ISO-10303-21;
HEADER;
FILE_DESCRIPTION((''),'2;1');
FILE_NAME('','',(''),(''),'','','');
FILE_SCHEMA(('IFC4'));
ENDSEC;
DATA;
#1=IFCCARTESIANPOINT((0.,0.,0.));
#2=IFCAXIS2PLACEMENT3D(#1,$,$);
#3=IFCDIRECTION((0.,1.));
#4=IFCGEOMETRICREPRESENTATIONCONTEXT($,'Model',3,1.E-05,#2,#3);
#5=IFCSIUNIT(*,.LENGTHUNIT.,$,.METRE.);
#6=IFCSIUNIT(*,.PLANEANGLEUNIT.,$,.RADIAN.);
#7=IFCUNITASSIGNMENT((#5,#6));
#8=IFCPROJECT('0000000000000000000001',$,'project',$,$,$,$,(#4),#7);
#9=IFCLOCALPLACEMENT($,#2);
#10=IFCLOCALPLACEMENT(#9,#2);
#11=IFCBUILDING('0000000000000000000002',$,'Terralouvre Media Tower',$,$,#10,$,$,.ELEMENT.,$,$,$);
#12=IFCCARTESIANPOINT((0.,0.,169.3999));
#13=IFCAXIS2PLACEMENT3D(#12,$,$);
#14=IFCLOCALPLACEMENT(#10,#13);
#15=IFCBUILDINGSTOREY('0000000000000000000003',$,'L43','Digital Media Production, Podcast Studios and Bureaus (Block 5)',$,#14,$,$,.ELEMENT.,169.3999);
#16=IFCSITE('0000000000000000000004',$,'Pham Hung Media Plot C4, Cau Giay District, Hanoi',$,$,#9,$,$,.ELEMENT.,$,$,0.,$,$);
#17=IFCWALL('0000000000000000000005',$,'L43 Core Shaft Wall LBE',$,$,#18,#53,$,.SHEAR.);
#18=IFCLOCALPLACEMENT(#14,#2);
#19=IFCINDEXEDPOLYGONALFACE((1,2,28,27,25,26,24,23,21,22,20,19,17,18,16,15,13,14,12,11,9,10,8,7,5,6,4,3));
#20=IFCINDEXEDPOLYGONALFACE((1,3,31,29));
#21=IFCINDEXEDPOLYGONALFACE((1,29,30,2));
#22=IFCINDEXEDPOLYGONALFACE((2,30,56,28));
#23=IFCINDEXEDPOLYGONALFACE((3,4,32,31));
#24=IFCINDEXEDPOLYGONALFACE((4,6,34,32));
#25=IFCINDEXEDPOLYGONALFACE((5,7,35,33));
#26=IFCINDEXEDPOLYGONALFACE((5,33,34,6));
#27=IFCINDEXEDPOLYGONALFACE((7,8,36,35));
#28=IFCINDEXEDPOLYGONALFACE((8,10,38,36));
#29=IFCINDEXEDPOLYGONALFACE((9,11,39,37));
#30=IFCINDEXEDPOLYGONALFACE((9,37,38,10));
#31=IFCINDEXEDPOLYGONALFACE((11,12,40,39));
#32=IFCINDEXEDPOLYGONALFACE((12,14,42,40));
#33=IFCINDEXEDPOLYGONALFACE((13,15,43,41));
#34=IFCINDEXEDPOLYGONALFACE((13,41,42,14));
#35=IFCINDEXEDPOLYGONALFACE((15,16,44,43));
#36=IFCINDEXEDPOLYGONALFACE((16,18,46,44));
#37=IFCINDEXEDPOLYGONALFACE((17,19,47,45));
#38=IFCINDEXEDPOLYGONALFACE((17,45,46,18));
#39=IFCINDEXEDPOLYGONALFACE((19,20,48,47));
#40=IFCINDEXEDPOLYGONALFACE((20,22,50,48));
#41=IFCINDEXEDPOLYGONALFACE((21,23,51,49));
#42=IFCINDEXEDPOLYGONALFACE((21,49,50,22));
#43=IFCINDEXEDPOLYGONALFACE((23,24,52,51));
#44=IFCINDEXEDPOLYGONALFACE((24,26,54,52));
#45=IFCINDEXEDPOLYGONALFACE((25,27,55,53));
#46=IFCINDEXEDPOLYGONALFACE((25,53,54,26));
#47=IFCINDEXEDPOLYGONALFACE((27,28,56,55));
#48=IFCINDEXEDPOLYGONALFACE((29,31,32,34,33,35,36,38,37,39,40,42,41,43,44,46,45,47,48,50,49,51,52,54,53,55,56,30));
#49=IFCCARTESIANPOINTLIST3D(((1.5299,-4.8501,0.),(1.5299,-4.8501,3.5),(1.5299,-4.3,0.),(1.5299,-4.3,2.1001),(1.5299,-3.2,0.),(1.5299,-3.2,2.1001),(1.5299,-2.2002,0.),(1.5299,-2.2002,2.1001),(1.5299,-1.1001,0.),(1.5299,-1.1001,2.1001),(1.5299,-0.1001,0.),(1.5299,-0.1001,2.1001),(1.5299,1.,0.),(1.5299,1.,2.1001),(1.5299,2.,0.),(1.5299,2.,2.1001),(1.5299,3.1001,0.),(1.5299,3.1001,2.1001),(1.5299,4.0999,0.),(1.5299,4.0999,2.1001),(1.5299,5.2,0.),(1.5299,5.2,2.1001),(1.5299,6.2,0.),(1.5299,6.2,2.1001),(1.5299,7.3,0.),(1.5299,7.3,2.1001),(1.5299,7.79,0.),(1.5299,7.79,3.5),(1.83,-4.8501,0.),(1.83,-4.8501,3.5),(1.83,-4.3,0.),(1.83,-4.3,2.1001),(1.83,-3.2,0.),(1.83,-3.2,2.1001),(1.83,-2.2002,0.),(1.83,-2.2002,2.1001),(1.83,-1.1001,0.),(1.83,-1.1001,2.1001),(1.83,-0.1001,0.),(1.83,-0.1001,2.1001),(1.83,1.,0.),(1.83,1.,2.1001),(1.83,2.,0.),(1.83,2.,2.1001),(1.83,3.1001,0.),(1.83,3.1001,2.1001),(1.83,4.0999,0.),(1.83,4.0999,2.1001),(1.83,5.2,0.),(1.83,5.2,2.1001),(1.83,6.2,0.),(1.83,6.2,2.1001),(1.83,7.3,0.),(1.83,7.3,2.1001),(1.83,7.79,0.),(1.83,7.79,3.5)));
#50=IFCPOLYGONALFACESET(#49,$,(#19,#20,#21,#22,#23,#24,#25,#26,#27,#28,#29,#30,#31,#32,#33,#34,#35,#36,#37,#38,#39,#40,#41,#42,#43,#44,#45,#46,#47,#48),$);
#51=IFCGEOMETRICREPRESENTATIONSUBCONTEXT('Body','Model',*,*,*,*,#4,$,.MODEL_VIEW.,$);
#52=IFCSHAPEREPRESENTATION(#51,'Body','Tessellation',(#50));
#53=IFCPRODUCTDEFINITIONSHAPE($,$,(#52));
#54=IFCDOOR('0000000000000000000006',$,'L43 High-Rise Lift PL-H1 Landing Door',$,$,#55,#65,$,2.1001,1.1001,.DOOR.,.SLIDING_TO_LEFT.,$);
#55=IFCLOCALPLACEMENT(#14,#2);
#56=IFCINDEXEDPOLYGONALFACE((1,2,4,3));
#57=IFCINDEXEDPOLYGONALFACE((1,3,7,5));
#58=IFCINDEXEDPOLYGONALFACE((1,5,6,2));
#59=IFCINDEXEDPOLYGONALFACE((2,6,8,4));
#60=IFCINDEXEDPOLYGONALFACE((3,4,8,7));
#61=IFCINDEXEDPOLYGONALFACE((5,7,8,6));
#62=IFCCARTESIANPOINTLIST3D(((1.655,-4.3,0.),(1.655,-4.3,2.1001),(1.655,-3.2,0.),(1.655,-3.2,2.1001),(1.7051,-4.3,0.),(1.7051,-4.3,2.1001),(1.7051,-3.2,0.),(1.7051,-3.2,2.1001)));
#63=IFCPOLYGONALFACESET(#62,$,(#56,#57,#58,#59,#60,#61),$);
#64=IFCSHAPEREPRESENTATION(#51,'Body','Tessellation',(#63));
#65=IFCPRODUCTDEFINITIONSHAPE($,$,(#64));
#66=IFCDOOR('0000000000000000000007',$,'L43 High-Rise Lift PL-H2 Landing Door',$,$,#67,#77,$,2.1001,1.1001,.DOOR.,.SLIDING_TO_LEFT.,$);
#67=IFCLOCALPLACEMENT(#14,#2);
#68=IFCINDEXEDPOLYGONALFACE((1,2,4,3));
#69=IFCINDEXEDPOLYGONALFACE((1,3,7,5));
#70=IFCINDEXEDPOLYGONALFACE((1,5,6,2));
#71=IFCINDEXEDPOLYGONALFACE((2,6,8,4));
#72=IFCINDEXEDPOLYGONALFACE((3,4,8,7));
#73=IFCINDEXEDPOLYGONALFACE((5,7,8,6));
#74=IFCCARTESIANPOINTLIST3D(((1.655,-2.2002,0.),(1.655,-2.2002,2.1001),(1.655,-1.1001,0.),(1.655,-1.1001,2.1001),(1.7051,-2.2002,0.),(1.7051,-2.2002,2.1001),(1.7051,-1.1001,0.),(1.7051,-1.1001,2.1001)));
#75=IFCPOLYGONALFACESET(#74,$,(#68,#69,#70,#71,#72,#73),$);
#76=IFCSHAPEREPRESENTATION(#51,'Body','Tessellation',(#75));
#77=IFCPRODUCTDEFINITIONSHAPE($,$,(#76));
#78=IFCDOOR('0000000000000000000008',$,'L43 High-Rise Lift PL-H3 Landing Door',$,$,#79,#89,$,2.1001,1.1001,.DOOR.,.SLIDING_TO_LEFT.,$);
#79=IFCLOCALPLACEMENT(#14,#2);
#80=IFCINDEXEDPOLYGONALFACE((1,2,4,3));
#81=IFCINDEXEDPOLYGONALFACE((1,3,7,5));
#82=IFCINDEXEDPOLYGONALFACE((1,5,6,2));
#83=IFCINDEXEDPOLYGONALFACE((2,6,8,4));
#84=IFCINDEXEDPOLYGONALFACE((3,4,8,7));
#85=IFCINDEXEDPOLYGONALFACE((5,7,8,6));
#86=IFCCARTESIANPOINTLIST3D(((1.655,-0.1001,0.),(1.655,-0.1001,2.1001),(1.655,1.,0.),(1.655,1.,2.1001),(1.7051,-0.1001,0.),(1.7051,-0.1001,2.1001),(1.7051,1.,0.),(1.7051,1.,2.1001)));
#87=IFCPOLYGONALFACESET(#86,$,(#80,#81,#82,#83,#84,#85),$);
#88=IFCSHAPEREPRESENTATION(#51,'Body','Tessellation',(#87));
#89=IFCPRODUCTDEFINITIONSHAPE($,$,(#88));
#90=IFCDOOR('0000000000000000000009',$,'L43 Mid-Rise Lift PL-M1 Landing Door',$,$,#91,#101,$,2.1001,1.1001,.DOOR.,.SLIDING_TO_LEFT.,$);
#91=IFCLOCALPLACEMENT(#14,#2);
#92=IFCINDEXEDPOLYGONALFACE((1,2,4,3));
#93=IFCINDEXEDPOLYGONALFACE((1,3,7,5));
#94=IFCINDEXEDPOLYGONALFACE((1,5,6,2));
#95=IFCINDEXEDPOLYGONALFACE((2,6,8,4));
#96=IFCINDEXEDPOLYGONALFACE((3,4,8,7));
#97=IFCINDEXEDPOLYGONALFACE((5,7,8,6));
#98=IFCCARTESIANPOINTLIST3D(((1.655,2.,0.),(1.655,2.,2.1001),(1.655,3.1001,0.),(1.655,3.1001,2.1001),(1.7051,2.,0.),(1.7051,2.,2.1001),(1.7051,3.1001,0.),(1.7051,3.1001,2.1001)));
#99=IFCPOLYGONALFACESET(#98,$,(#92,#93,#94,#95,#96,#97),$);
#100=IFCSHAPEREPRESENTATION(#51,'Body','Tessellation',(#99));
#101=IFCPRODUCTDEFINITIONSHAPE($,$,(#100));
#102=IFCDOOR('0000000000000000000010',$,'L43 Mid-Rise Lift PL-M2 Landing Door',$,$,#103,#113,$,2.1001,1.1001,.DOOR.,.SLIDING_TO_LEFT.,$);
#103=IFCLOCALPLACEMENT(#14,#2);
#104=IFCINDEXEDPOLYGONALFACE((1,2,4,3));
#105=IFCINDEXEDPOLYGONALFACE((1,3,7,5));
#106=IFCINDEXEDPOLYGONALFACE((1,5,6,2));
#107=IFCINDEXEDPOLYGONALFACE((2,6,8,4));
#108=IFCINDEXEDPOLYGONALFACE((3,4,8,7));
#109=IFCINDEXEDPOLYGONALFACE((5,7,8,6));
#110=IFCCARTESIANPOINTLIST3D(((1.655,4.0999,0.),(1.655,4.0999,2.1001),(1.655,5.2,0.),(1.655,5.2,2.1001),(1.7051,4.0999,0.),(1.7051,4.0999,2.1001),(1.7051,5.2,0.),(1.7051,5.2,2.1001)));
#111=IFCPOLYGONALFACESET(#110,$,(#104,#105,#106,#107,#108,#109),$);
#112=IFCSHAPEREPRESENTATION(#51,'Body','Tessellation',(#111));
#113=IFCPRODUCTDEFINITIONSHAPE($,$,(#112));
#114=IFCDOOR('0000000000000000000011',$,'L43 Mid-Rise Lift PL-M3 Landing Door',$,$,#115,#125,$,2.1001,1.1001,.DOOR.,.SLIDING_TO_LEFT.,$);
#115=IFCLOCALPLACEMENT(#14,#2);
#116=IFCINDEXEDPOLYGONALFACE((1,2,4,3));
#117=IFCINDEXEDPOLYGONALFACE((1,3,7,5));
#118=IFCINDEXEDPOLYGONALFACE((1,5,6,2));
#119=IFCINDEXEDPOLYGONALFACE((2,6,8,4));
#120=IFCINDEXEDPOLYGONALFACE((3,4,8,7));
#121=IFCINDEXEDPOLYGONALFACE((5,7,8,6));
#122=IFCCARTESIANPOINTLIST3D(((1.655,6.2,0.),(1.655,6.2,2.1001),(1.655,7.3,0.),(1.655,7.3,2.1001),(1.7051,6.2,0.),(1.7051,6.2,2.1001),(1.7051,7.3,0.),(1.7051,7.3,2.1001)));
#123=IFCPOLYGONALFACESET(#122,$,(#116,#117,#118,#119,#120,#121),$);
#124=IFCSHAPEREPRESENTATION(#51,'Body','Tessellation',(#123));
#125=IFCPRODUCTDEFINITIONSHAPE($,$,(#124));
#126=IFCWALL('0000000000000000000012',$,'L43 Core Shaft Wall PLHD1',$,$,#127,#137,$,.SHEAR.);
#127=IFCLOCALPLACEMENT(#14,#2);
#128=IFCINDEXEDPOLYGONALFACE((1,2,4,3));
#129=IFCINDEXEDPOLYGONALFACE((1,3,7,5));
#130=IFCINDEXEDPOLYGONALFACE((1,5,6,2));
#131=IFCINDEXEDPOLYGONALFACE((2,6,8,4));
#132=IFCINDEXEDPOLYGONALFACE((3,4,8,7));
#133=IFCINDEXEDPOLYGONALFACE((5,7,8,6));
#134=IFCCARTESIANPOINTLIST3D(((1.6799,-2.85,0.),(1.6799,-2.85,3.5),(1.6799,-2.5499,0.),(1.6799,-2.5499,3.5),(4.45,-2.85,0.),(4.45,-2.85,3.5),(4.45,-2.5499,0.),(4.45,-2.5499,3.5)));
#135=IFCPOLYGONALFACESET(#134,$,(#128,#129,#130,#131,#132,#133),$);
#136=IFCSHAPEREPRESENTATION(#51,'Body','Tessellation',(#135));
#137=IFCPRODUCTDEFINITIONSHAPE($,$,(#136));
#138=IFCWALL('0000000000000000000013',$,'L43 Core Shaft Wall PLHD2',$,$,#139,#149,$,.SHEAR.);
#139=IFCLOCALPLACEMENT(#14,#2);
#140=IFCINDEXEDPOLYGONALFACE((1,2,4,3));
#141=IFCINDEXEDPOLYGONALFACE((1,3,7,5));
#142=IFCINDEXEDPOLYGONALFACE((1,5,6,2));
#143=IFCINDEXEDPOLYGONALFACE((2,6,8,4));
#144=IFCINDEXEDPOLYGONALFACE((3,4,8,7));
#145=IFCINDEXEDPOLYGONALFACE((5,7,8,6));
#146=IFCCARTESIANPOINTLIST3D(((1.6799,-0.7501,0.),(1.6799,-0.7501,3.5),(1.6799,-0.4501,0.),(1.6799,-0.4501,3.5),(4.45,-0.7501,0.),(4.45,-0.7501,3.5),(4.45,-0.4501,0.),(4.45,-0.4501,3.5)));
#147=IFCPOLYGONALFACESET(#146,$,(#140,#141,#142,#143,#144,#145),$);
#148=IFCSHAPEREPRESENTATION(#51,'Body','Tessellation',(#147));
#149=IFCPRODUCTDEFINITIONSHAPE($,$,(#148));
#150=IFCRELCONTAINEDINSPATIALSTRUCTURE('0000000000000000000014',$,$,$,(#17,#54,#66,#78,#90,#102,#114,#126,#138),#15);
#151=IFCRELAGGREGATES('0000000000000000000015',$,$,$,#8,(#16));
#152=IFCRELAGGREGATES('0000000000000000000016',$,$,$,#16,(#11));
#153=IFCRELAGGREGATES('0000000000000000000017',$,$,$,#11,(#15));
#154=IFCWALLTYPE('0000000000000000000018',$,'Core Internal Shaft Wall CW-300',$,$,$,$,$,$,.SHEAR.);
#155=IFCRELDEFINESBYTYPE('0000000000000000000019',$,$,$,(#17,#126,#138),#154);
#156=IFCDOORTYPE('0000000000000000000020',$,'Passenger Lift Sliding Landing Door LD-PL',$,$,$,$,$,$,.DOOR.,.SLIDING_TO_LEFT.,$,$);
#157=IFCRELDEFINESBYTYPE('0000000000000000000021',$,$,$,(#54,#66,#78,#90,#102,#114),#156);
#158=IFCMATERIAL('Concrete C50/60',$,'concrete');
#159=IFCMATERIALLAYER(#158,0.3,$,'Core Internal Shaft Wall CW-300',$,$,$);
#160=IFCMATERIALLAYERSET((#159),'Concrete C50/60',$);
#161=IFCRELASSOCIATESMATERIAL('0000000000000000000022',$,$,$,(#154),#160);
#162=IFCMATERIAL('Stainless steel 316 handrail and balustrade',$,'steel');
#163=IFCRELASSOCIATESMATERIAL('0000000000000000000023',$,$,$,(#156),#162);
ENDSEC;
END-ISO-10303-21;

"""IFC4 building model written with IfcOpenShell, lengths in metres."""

from ifc_helpers import new_model, si_unit, direction, frame, frame_2d, origin, place, context, subcontext, project, spatial, rectangle, extrude, material, layer, layer_set, type_object, element, fill, save


model = new_model("IFC4")

# Units and contexts
model_context = context("Model", 3, precision=1e-05, world=origin(), true_north=direction((0.0, 1.0)))
body_context = subcontext(model_context, "Body", "Model", "MODEL_VIEW")
ifc_project = project(units=[si_unit("LENGTHUNIT", "METRE"), si_unit("PLANEANGLEUNIT", "RADIAN")], contexts=[model_context])

# Site, building, storey
site_placement = place(None, origin())
site = spatial("IfcSite", under=ifc_project, at=site_placement, Name="Pham Hung Media Plot C4, Cau Giay District, Hanoi", CompositionType="ELEMENT", RefElevation=0.0)
building_placement = place(site_placement, origin())
building = spatial("IfcBuilding", under=site, at=building_placement, Name="Terralouvre Media Tower", CompositionType="ELEMENT")
storey_placement = place(building_placement, frame((0.0, 0.0, 169.3999)))
storey = spatial("IfcBuildingStorey", under=building, at=storey_placement, Name="L43", Description="Digital Media Production, Podcast Studios and Bureaus (Block 5)", CompositionType="ELEMENT", Elevation=169.3999)

# Shared definitions
ifc_material_1 = material(Name="Concrete C50/60", Category="concrete")
ifc_layer_1 = layer(ifc_material_1, 0.3, Name="Core Internal Shaft Wall CW-300")
ifc_layer_set_1 = layer_set([ifc_layer_1], Name="Concrete C50/60")
wall_type_1 = type_object("IfcWallType", Name="Core Internal Shaft Wall CW-300", PredefinedType="SHEAR", material=ifc_layer_set_1)

# Wall, openings, doors
wall_1_placement = place(storey_placement, frame((1.6799, -4.8501, 0.0), z_axis=(0.0, 0.0, 1.0), x_axis=(0.0, 1.0, 0.0)))
wall_1 = element("IfcWall", 1, at=wall_1_placement, inside=storey, type_object=wall_type_1, Name="L43 Core Shaft Wall LBE", PredefinedType="SHEAR", context=body_context, shape_type="SweptSolid", body=[
    extrude(rectangle(XDim=12.6401, YDim=0.3, at=frame_2d((6.3201, 0.0))), origin(), (0.0, 0.0, 1.0), 3.5),
])
opening_1_placement = place(wall_1_placement, frame((0.55, 0.0, 0.0)))
opening_1 = element("IfcOpeningElement", 2, at=opening_1_placement, cuts=wall_1, PredefinedType="OPENING", context=body_context, shape_type="SweptSolid", body=[
    extrude(rectangle(XDim=1.1001, YDim=2.1001, at=frame_2d((0.55, 1.05))), frame((0.0, 0.1599, 0.0), z_axis=(0.0, -1.0, 0.0), x_axis=(1.0, 0.0, 0.0)), (0.0, 0.0, 1.0), 0.3201),
])
opening_2_placement = place(wall_1_placement, frame((2.6499, 0.0, 0.0)))
opening_2 = element("IfcOpeningElement", 3, at=opening_2_placement, cuts=wall_1, PredefinedType="OPENING", context=body_context, shape_type="SweptSolid", body=[
    extrude(rectangle(XDim=1.1001, YDim=2.1001, at=frame_2d((0.55, 1.05))), frame((0.0, 0.1599, 0.0), z_axis=(0.0, -1.0, 0.0), x_axis=(1.0, 0.0, 0.0)), (0.0, 0.0, 1.0), 0.3201),
])
opening_3_placement = place(wall_1_placement, frame((4.75, 0.0, 0.0)))
opening_3 = element("IfcOpeningElement", 4, at=opening_3_placement, cuts=wall_1, PredefinedType="OPENING", context=body_context, shape_type="SweptSolid", body=[
    extrude(rectangle(XDim=1.1001, YDim=2.1001, at=frame_2d((0.55, 1.05))), frame((0.0, 0.1599, 0.0), z_axis=(0.0, -1.0, 0.0), x_axis=(1.0, 0.0, 0.0)), (0.0, 0.0, 1.0), 0.3201),
])
opening_4_placement = place(wall_1_placement, frame((6.8501, 0.0, 0.0)))
opening_4 = element("IfcOpeningElement", 5, at=opening_4_placement, cuts=wall_1, PredefinedType="OPENING", context=body_context, shape_type="SweptSolid", body=[
    extrude(rectangle(XDim=1.1001, YDim=2.1001, at=frame_2d((0.55, 1.05))), frame((0.0, 0.1599, 0.0), z_axis=(0.0, -1.0, 0.0), x_axis=(1.0, 0.0, 0.0)), (0.0, 0.0, 1.0), 0.3201),
])
opening_5_placement = place(wall_1_placement, frame((8.95, 0.0, 0.0)))
opening_5 = element("IfcOpeningElement", 6, at=opening_5_placement, cuts=wall_1, PredefinedType="OPENING", context=body_context, shape_type="SweptSolid", body=[
    extrude(rectangle(XDim=1.1001, YDim=2.1001, at=frame_2d((0.55, 1.05))), frame((0.0, 0.1599, 0.0), z_axis=(0.0, -1.0, 0.0), x_axis=(1.0, 0.0, 0.0)), (0.0, 0.0, 1.0), 0.3201),
])
opening_6_placement = place(wall_1_placement, frame((11.05, 0.0, 0.0)))
opening_6 = element("IfcOpeningElement", 7, at=opening_6_placement, cuts=wall_1, PredefinedType="OPENING", context=body_context, shape_type="SweptSolid", body=[
    extrude(rectangle(XDim=1.1001, YDim=2.1001, at=frame_2d((0.55, 1.05))), frame((0.0, 0.1599, 0.0), z_axis=(0.0, -1.0, 0.0), x_axis=(1.0, 0.0, 0.0)), (0.0, 0.0, 1.0), 0.3201),
])
ifc_material_2 = material(Name="Stainless steel 316 handrail and balustrade", Category="steel")
door_type_1 = type_object("IfcDoorType", Name="Passenger Lift Sliding Landing Door LD-PL", OperationType="SLIDING_TO_LEFT", PredefinedType="DOOR", material=ifc_material_2)
door_1_placement = place(opening_1_placement, origin())
door_1 = element("IfcDoor", 8, at=door_1_placement, inside=storey, type_object=door_type_1, Name="L43 High-Rise Lift PL-H1 Landing Door", OperationType="SLIDING_TO_LEFT", OverallHeight=2.1001, OverallWidth=1.1001, PredefinedType="DOOR", context=body_context, shape_type="SweptSolid", body=[
    extrude(rectangle(XDim=1.1001, YDim=2.1001, at=frame_2d((0.55, 1.05))), frame((0.0, 0.0249, 0.0), z_axis=(0.0, -1.0, 0.0), x_axis=(1.0, 0.0, 0.0)), (0.0, 0.0, 1.0), 0.05),
])
fill(opening_1, door_1)
door_2_placement = place(opening_2_placement, origin())
door_2 = element("IfcDoor", 9, at=door_2_placement, inside=storey, type_object=door_type_1, Name="L43 High-Rise Lift PL-H2 Landing Door", OperationType="SLIDING_TO_LEFT", OverallHeight=2.1001, OverallWidth=1.1001, PredefinedType="DOOR", context=body_context, shape_type="SweptSolid", body=[
    extrude(rectangle(XDim=1.1001, YDim=2.1001, at=frame_2d((0.55, 1.05))), frame((0.0, 0.0249, 0.0), z_axis=(0.0, -1.0, 0.0), x_axis=(1.0, 0.0, 0.0)), (0.0, 0.0, 1.0), 0.05),
])
fill(opening_2, door_2)
door_3_placement = place(opening_3_placement, origin())
door_3 = element("IfcDoor", 10, at=door_3_placement, inside=storey, type_object=door_type_1, Name="L43 High-Rise Lift PL-H3 Landing Door", OperationType="SLIDING_TO_LEFT", OverallHeight=2.1001, OverallWidth=1.1001, PredefinedType="DOOR", context=body_context, shape_type="SweptSolid", body=[
    extrude(rectangle(XDim=1.1001, YDim=2.1001, at=frame_2d((0.55, 1.05))), frame((0.0, 0.0249, 0.0), z_axis=(0.0, -1.0, 0.0), x_axis=(1.0, 0.0, 0.0)), (0.0, 0.0, 1.0), 0.05),
])
fill(opening_3, door_3)
door_4_placement = place(opening_4_placement, origin())
door_4 = element("IfcDoor", 11, at=door_4_placement, inside=storey, type_object=door_type_1, Name="L43 Mid-Rise Lift PL-M1 Landing Door", OperationType="SLIDING_TO_LEFT", OverallHeight=2.1001, OverallWidth=1.1001, PredefinedType="DOOR", context=body_context, shape_type="SweptSolid", body=[
    extrude(rectangle(XDim=1.1001, YDim=2.1001, at=frame_2d((0.55, 1.05))), frame((0.0, 0.0249, 0.0), z_axis=(0.0, -1.0, 0.0), x_axis=(1.0, 0.0, 0.0)), (0.0, 0.0, 1.0), 0.05),
])
fill(opening_4, door_4)
door_5_placement = place(opening_5_placement, origin())
door_5 = element("IfcDoor", 12, at=door_5_placement, inside=storey, type_object=door_type_1, Name="L43 Mid-Rise Lift PL-M2 Landing Door", OperationType="SLIDING_TO_LEFT", OverallHeight=2.1001, OverallWidth=1.1001, PredefinedType="DOOR", context=body_context, shape_type="SweptSolid", body=[
    extrude(rectangle(XDim=1.1001, YDim=2.1001, at=frame_2d((0.55, 1.05))), frame((0.0, 0.0249, 0.0), z_axis=(0.0, -1.0, 0.0), x_axis=(1.0, 0.0, 0.0)), (0.0, 0.0, 1.0), 0.05),
])
fill(opening_5, door_5)
door_6_placement = place(opening_6_placement, origin())
door_6 = element("IfcDoor", 13, at=door_6_placement, inside=storey, type_object=door_type_1, Name="L43 Mid-Rise Lift PL-M3 Landing Door", OperationType="SLIDING_TO_LEFT", OverallHeight=2.1001, OverallWidth=1.1001, PredefinedType="DOOR", context=body_context, shape_type="SweptSolid", body=[
    extrude(rectangle(XDim=1.1001, YDim=2.1001, at=frame_2d((0.55, 1.05))), frame((0.0, 0.0249, 0.0), z_axis=(0.0, -1.0, 0.0), x_axis=(1.0, 0.0, 0.0)), (0.0, 0.0, 1.0), 0.05),
])
fill(opening_6, door_6)

# Walls
for number, where, z_axis, x_axis, name in (
    (14, (1.6799, -2.7, 0.0), (0.0, 0.0, 1.0), (1.0, 0.0, 0.0), "L43 Core Shaft Wall PLHD1"),
    (15, (1.6799, -0.6001, 0.0), (0.0, 0.0, 1.0), (1.0, 0.0, 0.0), "L43 Core Shaft Wall PLHD2"),
):
    element("IfcWall", number, at=place(storey_placement, frame(where, z_axis=z_axis, x_axis=x_axis)), inside=storey, type_object=wall_type_1, Name=name, PredefinedType="SHEAR", context=body_context, shape_type="SweptSolid", body=[
        extrude(rectangle(XDim=2.77, YDim=0.3, at=frame_2d((1.385, 0.0))), origin(), (0.0, 0.0, 1.0), 3.5),
    ])

save(model, "model.ifc")
